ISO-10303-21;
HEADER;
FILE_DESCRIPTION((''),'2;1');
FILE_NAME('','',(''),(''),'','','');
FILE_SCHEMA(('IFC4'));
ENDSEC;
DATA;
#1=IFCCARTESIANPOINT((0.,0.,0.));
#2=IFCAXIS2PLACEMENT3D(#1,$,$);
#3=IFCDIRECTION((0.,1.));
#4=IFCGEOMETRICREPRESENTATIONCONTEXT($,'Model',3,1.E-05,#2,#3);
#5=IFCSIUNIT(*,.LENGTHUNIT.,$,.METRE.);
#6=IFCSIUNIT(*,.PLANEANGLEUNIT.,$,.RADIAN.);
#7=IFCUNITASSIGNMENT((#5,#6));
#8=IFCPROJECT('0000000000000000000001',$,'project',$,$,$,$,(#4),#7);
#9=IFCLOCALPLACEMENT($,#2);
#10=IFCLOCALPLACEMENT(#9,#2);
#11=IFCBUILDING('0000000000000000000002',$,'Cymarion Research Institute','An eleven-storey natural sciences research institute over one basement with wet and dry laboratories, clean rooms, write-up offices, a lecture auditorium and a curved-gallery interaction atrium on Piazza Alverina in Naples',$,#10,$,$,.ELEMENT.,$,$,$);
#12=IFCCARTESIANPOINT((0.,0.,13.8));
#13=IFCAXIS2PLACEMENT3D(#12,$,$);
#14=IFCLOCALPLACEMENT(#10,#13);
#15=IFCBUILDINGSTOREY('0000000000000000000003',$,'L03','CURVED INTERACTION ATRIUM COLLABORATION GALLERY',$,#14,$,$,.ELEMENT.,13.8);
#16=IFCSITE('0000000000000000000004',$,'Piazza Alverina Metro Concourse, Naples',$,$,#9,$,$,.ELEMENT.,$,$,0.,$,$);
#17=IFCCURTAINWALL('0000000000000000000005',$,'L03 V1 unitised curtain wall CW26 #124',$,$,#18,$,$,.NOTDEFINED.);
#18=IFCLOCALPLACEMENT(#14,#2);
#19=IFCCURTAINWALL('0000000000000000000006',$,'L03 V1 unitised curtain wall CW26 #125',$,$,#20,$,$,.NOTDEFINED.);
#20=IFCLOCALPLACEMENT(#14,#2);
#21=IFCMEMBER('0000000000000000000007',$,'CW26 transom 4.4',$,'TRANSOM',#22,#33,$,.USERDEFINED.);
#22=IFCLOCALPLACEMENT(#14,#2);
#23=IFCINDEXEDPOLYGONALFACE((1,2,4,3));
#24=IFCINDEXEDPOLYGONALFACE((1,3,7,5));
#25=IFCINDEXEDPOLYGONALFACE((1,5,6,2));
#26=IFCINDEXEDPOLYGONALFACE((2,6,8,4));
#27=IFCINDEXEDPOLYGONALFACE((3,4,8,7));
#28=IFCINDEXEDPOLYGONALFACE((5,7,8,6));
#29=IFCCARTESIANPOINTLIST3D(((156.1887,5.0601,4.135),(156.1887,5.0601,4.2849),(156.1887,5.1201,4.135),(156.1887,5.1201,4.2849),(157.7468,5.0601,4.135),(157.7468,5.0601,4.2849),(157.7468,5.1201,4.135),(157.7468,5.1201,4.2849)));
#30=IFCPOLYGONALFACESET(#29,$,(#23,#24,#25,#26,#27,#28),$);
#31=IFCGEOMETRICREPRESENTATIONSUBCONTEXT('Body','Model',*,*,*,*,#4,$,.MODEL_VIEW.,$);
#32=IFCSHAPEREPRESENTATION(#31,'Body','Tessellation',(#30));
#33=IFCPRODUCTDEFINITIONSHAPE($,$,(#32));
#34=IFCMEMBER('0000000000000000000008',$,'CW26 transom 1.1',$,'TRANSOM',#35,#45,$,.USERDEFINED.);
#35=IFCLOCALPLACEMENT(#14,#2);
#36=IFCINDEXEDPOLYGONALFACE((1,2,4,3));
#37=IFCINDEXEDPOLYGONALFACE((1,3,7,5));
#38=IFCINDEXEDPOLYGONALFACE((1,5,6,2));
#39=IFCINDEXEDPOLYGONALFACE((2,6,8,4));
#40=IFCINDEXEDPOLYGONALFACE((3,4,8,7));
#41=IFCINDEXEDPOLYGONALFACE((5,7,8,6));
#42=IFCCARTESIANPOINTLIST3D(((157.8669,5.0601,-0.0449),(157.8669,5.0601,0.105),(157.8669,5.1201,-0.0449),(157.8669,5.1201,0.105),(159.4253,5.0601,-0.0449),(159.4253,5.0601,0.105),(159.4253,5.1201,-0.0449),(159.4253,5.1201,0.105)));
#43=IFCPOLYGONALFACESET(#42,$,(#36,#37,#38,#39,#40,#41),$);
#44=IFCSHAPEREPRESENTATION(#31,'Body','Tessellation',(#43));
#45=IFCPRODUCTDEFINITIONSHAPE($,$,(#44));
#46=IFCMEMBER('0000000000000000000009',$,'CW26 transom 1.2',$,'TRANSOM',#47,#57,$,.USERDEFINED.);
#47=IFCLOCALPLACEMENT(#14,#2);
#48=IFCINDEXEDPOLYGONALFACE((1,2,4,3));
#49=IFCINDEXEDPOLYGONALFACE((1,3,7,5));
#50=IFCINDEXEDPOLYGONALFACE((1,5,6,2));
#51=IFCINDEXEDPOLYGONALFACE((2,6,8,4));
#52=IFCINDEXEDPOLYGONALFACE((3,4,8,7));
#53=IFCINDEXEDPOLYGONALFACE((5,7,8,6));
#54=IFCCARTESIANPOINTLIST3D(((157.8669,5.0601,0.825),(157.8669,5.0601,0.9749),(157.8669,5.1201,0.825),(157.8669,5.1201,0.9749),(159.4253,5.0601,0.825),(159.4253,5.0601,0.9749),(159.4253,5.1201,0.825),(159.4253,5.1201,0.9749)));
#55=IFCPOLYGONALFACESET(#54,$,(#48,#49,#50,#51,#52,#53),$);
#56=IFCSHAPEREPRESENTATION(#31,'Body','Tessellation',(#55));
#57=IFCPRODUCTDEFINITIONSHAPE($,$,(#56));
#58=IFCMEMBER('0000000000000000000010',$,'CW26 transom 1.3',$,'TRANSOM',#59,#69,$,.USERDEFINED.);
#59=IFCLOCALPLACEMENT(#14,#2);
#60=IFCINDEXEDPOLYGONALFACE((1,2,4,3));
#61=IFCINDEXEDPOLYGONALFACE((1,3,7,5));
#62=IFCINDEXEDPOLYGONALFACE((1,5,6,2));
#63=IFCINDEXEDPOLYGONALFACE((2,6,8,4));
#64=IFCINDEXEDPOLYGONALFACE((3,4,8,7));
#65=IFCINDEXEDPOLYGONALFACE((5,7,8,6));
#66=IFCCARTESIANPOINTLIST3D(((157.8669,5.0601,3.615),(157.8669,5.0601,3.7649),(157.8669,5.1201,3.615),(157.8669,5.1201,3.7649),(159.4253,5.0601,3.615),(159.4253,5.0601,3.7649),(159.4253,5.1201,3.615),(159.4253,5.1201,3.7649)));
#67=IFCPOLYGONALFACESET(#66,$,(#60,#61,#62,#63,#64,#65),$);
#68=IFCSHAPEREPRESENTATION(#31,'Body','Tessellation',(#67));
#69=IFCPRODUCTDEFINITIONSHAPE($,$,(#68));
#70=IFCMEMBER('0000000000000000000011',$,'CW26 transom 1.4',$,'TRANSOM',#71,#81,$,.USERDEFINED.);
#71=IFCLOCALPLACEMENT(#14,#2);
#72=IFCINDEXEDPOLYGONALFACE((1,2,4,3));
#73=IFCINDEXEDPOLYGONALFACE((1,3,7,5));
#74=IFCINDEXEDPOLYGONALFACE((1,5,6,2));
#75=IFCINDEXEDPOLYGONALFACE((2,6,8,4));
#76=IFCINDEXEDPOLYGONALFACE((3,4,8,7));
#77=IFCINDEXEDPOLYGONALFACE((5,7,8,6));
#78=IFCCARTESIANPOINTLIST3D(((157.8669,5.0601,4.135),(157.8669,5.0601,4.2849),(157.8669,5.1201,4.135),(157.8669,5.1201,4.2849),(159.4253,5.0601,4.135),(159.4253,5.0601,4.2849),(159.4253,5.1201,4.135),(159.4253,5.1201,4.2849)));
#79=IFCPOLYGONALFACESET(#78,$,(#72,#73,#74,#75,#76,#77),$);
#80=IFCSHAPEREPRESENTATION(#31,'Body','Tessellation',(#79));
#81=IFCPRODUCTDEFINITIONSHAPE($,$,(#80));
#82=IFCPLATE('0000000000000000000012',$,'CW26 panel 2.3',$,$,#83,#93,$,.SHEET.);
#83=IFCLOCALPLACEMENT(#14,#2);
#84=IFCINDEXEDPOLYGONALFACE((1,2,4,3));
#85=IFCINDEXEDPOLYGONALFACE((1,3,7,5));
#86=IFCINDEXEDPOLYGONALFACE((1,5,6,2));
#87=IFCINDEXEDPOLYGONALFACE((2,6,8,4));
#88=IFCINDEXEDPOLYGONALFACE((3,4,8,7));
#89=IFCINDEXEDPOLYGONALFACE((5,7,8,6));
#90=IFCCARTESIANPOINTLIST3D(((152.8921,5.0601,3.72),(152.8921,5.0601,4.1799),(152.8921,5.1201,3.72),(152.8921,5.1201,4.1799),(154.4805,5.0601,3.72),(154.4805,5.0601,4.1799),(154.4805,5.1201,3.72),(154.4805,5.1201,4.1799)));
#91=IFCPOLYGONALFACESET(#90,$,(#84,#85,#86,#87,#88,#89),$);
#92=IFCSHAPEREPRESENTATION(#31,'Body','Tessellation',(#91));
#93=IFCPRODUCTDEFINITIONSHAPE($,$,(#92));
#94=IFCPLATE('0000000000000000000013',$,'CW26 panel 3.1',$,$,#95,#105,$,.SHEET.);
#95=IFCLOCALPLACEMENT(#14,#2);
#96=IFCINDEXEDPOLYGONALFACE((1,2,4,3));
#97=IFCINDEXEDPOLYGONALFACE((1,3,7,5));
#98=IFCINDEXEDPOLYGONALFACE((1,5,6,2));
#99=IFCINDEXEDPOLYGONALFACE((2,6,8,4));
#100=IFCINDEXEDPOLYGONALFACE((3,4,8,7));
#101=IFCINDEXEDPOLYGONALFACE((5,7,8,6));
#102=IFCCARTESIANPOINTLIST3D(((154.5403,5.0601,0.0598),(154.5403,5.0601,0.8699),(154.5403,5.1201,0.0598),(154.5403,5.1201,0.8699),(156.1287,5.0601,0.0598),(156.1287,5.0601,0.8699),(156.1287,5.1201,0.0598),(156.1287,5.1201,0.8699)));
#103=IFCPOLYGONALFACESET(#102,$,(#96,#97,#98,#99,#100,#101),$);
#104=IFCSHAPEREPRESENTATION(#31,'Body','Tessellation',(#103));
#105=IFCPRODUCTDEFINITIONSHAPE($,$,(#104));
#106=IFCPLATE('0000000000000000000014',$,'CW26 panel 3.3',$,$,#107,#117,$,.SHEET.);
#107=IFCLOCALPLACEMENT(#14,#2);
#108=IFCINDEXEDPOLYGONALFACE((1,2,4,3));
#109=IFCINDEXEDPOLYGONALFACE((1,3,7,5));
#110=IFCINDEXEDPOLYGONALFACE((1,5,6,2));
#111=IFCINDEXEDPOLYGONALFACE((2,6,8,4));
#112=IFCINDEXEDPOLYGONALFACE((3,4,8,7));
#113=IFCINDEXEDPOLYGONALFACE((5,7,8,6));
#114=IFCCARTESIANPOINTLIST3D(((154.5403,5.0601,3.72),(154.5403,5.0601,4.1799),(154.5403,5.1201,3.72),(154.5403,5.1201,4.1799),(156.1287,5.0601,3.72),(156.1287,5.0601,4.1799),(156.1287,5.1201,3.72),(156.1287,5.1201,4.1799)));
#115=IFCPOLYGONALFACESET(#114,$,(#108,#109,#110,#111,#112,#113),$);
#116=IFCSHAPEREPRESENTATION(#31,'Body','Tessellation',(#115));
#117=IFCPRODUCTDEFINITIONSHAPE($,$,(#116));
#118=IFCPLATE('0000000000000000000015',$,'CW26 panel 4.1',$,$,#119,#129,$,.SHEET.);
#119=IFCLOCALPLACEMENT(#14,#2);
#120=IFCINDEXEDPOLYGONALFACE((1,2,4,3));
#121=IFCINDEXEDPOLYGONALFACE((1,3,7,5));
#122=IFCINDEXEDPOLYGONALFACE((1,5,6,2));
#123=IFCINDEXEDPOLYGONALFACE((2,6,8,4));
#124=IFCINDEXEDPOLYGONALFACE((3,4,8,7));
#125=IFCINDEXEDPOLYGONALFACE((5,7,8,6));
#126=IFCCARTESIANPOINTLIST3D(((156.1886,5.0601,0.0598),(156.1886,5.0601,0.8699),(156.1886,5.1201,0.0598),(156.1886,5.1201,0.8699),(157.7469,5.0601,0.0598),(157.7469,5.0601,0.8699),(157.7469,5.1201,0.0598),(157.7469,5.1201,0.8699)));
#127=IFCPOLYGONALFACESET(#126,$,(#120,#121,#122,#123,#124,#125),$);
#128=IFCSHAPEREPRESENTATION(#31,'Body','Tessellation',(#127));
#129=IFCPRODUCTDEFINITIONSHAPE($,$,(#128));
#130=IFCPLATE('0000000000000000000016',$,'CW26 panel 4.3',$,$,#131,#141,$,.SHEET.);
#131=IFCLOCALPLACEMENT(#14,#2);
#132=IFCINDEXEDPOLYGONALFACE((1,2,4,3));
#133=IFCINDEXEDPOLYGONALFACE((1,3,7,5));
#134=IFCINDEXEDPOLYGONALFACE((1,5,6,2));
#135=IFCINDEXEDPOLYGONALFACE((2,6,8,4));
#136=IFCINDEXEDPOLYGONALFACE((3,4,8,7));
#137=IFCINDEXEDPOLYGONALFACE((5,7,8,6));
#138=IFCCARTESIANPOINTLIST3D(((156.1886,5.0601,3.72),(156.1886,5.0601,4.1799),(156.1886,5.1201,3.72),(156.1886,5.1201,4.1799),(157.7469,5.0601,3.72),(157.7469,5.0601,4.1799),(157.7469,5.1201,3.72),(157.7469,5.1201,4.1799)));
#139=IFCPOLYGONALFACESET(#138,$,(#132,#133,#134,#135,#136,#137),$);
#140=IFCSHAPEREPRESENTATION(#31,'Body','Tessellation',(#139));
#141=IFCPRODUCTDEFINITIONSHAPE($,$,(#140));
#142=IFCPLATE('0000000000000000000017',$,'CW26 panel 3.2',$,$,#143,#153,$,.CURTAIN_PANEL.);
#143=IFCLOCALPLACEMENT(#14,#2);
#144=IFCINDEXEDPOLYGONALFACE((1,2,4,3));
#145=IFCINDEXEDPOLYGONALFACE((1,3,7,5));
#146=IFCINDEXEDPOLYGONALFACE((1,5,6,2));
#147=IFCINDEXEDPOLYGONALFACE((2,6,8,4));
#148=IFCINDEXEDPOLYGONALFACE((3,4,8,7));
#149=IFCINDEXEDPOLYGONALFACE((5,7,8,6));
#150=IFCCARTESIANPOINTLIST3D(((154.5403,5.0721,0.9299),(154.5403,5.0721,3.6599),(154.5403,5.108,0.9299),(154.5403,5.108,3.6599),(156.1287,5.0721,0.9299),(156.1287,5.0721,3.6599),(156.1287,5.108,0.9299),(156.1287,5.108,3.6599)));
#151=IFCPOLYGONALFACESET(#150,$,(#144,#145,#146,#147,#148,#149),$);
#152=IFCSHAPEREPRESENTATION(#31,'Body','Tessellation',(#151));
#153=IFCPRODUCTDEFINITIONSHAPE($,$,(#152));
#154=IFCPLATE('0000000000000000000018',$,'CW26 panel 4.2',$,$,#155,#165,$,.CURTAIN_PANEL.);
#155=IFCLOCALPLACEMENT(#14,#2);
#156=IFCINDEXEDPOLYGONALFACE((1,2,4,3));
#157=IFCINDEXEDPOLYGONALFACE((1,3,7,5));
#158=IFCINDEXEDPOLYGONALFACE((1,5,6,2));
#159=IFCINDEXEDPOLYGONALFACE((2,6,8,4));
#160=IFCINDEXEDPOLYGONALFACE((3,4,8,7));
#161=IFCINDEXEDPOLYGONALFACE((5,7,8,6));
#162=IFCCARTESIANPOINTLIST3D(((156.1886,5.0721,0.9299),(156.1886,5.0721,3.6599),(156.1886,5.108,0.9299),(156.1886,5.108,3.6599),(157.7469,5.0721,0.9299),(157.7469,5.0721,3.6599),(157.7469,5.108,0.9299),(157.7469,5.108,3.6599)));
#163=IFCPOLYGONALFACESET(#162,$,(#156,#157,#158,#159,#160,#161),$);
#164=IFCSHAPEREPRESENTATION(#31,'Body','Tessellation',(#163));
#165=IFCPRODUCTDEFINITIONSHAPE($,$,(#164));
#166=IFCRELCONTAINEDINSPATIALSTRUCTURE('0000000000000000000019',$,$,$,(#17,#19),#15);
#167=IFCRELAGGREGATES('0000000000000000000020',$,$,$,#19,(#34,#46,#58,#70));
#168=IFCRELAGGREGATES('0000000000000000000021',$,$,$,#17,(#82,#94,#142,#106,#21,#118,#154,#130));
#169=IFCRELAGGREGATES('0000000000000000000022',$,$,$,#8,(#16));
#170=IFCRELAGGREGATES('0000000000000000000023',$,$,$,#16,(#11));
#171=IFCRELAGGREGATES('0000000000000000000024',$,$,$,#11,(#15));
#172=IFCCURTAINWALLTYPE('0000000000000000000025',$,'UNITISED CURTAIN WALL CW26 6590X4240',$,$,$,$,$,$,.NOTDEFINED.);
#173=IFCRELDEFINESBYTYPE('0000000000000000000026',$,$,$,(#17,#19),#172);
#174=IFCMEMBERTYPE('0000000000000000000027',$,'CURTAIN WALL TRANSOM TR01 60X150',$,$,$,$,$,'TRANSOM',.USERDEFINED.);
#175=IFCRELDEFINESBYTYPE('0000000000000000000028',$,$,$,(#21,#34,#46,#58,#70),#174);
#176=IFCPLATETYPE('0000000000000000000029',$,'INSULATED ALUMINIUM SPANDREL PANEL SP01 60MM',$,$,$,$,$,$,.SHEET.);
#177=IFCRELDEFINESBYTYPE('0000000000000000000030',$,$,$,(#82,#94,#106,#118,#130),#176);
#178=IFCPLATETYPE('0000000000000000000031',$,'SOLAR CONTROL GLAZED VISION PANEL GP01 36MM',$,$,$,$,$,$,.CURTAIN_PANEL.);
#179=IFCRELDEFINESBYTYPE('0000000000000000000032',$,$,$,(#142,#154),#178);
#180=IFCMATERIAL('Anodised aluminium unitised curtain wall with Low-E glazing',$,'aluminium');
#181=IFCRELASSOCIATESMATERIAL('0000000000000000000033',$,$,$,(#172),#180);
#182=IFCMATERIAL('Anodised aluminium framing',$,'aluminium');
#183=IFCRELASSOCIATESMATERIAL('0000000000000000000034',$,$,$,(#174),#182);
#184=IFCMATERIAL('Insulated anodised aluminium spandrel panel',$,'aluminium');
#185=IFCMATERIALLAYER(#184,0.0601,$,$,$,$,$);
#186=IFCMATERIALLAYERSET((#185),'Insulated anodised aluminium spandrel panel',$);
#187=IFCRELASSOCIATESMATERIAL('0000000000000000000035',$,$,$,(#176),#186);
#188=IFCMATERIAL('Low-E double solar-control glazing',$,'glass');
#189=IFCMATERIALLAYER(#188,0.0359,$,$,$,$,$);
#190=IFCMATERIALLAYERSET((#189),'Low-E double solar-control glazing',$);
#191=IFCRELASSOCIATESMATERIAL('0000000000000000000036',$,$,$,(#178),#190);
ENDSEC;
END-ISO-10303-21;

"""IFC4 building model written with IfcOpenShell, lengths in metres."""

from ifc_helpers import new_model, si_unit, direction, frame, origin, origin_2d, place, context, subcontext, project, spatial, rectangle, extrude, material, layer, layer_set, material_profile, profile_set, type_object, element, aggregate, save


model = new_model("IFC4")

# Units and contexts
model_context = context("Model", 3, precision=1e-05, world=origin(), true_north=direction((0.0, 1.0)))
body_context = subcontext(model_context, "Body", "Model", "MODEL_VIEW")
ifc_project = project(units=[si_unit("LENGTHUNIT", "METRE"), si_unit("PLANEANGLEUNIT", "RADIAN")], contexts=[model_context])

# Site, building, storey
site_placement = place(None, origin())
site = spatial("IfcSite", under=ifc_project, at=site_placement, Name="Piazza Alverina Metro Concourse, Naples", CompositionType="ELEMENT", RefElevation=0.0)
building_placement = place(site_placement, origin())
building = spatial("IfcBuilding", under=site, at=building_placement, Name="Cymarion Research Institute", Description="An eleven-storey natural sciences research institute over one basement with wet and dry laboratories, clean rooms, write-up offices, a lecture auditorium and a curved-gallery interaction atrium on Piazza Alverina in Naples", CompositionType="ELEMENT")
storey_placement = place(building_placement, frame((0.0, 0.0, 13.8)))
storey = spatial("IfcBuildingStorey", under=building, at=storey_placement, Name="L03", Description="CURVED INTERACTION ATRIUM COLLABORATION GALLERY", CompositionType="ELEMENT", Elevation=13.8)

# Curtain wall
ifc_material_1 = material(Name="Anodised aluminium unitised curtain wall with Low-E glazing", Category="aluminium")
curtain_wall_type = type_object("IfcCurtainWallType", Name="UNITISED CURTAIN WALL CW26 6590X4240", PredefinedType="NOTDEFINED", material=ifc_material_1)
curtain_wall_1_placement = place(storey_placement, origin())
curtain_wall_1 = element("IfcCurtainWall", 1, at=curtain_wall_1_placement, inside=storey, type_object=curtain_wall_type, Name="L03 V1 unitised curtain wall CW26 #124", PredefinedType="NOTDEFINED")
ifc_material_2 = material(Name="Anodised aluminium framing", Category="aluminium")

# Curtain wall
curtain_wall_2_placement = place(storey_placement, origin())
curtain_wall_2 = element("IfcCurtainWall", 2, at=curtain_wall_2_placement, inside=storey, type_object=curtain_wall_type, Name="L03 V1 unitised curtain wall CW26 #125", PredefinedType="NOTDEFINED")

# Members
ifc_material_profile_1 = material_profile(ifc_material_2, rectangle(XDim=0.0601, YDim=0.1499, at=origin_2d()), Name="ALU TRANSOM 60x150")
ifc_profile_set_1 = profile_set([ifc_material_profile_1], Name="Anodised aluminium framing")
member_type_1 = type_object("IfcMemberType", Name="CURTAIN WALL TRANSOM TR01 60X150", ElementType="TRANSOM", PredefinedType="USERDEFINED", material=ifc_profile_set_1)
member_1_placement = place(storey_placement, frame((156.1887, 5.0901, 4.21), z_axis=(1.0, 0.0, 0.0), x_axis=(0.0, 1.0, 0.0)))
member_1 = element("IfcMember", 3, at=member_1_placement, type_object=member_type_1, Name="CW26 transom 4.4", ObjectType="TRANSOM", PredefinedType="USERDEFINED", context=body_context, shape_type="SweptSolid", body=[
    extrude(rectangle(XDim=0.0601, YDim=0.1499, at=origin_2d()), origin(), (0.0, 0.0, 1.0), 1.5581),
])
member_2_placement = place(storey_placement, frame((157.8669, 5.0901, 0.03), z_axis=(1.0, 0.0, 0.0), x_axis=(0.0, 1.0, 0.0)))
member_2 = element("IfcMember", 4, at=member_2_placement, type_object=member_type_1, Name="CW26 transom 1.1", ObjectType="TRANSOM", PredefinedType="USERDEFINED", context=body_context, shape_type="SweptSolid", body=[
    extrude(rectangle(XDim=0.0601, YDim=0.1499, at=origin_2d()), origin(), (0.0, 0.0, 1.0), 1.5583),
])
member_3_placement = place(storey_placement, frame((157.8669, 5.0901, 0.8999), z_axis=(1.0, 0.0, 0.0), x_axis=(0.0, 1.0, 0.0)))
member_3 = element("IfcMember", 5, at=member_3_placement, type_object=member_type_1, Name="CW26 transom 1.2", ObjectType="TRANSOM", PredefinedType="USERDEFINED", context=body_context, shape_type="SweptSolid", body=[
    extrude(rectangle(XDim=0.0601, YDim=0.1499, at=origin_2d()), origin(), (0.0, 0.0, 1.0), 1.5583),
])
member_4_placement = place(storey_placement, frame((157.8669, 5.0901, 3.6899), z_axis=(1.0, 0.0, 0.0), x_axis=(0.0, 1.0, 0.0)))
member_4 = element("IfcMember", 6, at=member_4_placement, type_object=member_type_1, Name="CW26 transom 1.3", ObjectType="TRANSOM", PredefinedType="USERDEFINED", context=body_context, shape_type="SweptSolid", body=[
    extrude(rectangle(XDim=0.0601, YDim=0.1499, at=origin_2d()), origin(), (0.0, 0.0, 1.0), 1.5583),
])
member_5_placement = place(storey_placement, frame((157.8669, 5.0901, 4.21), z_axis=(1.0, 0.0, 0.0), x_axis=(0.0, 1.0, 0.0)))
member_5 = element("IfcMember", 7, at=member_5_placement, type_object=member_type_1, Name="CW26 transom 1.4", ObjectType="TRANSOM", PredefinedType="USERDEFINED", context=body_context, shape_type="SweptSolid", body=[
    extrude(rectangle(XDim=0.0601, YDim=0.1499, at=origin_2d()), origin(), (0.0, 0.0, 1.0), 1.5583),
])
aggregate(curtain_wall_2, [member_2, member_3, member_4, member_5])

# Plates
ifc_material_3 = material(Name="Insulated anodised aluminium spandrel panel", Category="aluminium")
ifc_layer_1 = layer(ifc_material_3, 0.0601)
ifc_layer_set_1 = layer_set([ifc_layer_1], Name="Insulated anodised aluminium spandrel panel")
plate_type_1 = type_object("IfcPlateType", Name="INSULATED ALUMINIUM SPANDREL PANEL SP01 60MM", PredefinedType="SHEET", material=ifc_layer_set_1)
plate_1_placement = place(storey_placement, frame((153.6863, 5.0901, 3.72), z_axis=(0.0, 0.0, 1.0), x_axis=(1.0, 0.0, 0.0)))
plate_1 = element("IfcPlate", 8, at=plate_1_placement, type_object=plate_type_1, Name="CW26 panel 2.3", PredefinedType="SHEET", context=body_context, shape_type="SweptSolid", body=[
    extrude(rectangle(XDim=1.5884, YDim=0.0601, at=origin_2d()), origin(), (0.0, 0.0, 1.0), 0.46),
])
plate_2_placement = place(storey_placement, frame((155.3345, 5.0901, 0.0598), z_axis=(0.0, 0.0, 1.0), x_axis=(1.0, 0.0, 0.0)))
plate_2 = element("IfcPlate", 9, at=plate_2_placement, type_object=plate_type_1, Name="CW26 panel 3.1", PredefinedType="SHEET", context=body_context, shape_type="SweptSolid", body=[
    extrude(rectangle(XDim=1.5884, YDim=0.0601, at=origin_2d()), origin(), (0.0, 0.0, 1.0), 0.8101),
])
plate_3_placement = place(storey_placement, frame((155.3345, 5.0901, 3.72), z_axis=(0.0, 0.0, 1.0), x_axis=(1.0, 0.0, 0.0)))
plate_3 = element("IfcPlate", 10, at=plate_3_placement, type_object=plate_type_1, Name="CW26 panel 3.3", PredefinedType="SHEET", context=body_context, shape_type="SweptSolid", body=[
    extrude(rectangle(XDim=1.5884, YDim=0.0601, at=origin_2d()), origin(), (0.0, 0.0, 1.0), 0.46),
])
plate_4_placement = place(storey_placement, frame((156.9678, 5.0901, 0.0598), z_axis=(0.0, 0.0, 1.0), x_axis=(1.0, 0.0, 0.0)))
plate_4 = element("IfcPlate", 11, at=plate_4_placement, type_object=plate_type_1, Name="CW26 panel 4.1", PredefinedType="SHEET", context=body_context, shape_type="SweptSolid", body=[
    extrude(rectangle(XDim=1.5583, YDim=0.0601, at=origin_2d()), origin(), (0.0, 0.0, 1.0), 0.8101),
])
plate_5_placement = place(storey_placement, frame((156.9678, 5.0901, 3.72), z_axis=(0.0, 0.0, 1.0), x_axis=(1.0, 0.0, 0.0)))
plate_5 = element("IfcPlate", 12, at=plate_5_placement, type_object=plate_type_1, Name="CW26 panel 4.3", PredefinedType="SHEET", context=body_context, shape_type="SweptSolid", body=[
    extrude(rectangle(XDim=1.5583, YDim=0.0601, at=origin_2d()), origin(), (0.0, 0.0, 1.0), 0.46),
])
ifc_material_4 = material(Name="Low-E double solar-control glazing", Category="glass")
ifc_layer_2 = layer(ifc_material_4, 0.0359)
ifc_layer_set_2 = layer_set([ifc_layer_2], Name="Low-E double solar-control glazing")
plate_type_2 = type_object("IfcPlateType", Name="SOLAR CONTROL GLAZED VISION PANEL GP01 36MM", PredefinedType="CURTAIN_PANEL", material=ifc_layer_set_2)
plate_6_placement = place(storey_placement, frame((155.3345, 5.0901, 0.9299), z_axis=(0.0, 0.0, 1.0), x_axis=(1.0, 0.0, 0.0)))
plate_6 = element("IfcPlate", 13, at=plate_6_placement, type_object=plate_type_2, Name="CW26 panel 3.2", PredefinedType="CURTAIN_PANEL", context=body_context, shape_type="SweptSolid", body=[
    extrude(rectangle(XDim=1.5884, YDim=0.0359, at=origin_2d()), origin(), (0.0, 0.0, 1.0), 2.73),
])
plate_7_placement = place(storey_placement, frame((156.9678, 5.0901, 0.9299), z_axis=(0.0, 0.0, 1.0), x_axis=(1.0, 0.0, 0.0)))
plate_7 = element("IfcPlate", 14, at=plate_7_placement, type_object=plate_type_2, Name="CW26 panel 4.2", PredefinedType="CURTAIN_PANEL", context=body_context, shape_type="SweptSolid", body=[
    extrude(rectangle(XDim=1.5583, YDim=0.0359, at=origin_2d()), origin(), (0.0, 0.0, 1.0), 2.73),
])
aggregate(curtain_wall_1, [plate_1, plate_2, plate_6, plate_3, member_1, plate_4, plate_7, plate_5])

save(model, "model.ifc")
